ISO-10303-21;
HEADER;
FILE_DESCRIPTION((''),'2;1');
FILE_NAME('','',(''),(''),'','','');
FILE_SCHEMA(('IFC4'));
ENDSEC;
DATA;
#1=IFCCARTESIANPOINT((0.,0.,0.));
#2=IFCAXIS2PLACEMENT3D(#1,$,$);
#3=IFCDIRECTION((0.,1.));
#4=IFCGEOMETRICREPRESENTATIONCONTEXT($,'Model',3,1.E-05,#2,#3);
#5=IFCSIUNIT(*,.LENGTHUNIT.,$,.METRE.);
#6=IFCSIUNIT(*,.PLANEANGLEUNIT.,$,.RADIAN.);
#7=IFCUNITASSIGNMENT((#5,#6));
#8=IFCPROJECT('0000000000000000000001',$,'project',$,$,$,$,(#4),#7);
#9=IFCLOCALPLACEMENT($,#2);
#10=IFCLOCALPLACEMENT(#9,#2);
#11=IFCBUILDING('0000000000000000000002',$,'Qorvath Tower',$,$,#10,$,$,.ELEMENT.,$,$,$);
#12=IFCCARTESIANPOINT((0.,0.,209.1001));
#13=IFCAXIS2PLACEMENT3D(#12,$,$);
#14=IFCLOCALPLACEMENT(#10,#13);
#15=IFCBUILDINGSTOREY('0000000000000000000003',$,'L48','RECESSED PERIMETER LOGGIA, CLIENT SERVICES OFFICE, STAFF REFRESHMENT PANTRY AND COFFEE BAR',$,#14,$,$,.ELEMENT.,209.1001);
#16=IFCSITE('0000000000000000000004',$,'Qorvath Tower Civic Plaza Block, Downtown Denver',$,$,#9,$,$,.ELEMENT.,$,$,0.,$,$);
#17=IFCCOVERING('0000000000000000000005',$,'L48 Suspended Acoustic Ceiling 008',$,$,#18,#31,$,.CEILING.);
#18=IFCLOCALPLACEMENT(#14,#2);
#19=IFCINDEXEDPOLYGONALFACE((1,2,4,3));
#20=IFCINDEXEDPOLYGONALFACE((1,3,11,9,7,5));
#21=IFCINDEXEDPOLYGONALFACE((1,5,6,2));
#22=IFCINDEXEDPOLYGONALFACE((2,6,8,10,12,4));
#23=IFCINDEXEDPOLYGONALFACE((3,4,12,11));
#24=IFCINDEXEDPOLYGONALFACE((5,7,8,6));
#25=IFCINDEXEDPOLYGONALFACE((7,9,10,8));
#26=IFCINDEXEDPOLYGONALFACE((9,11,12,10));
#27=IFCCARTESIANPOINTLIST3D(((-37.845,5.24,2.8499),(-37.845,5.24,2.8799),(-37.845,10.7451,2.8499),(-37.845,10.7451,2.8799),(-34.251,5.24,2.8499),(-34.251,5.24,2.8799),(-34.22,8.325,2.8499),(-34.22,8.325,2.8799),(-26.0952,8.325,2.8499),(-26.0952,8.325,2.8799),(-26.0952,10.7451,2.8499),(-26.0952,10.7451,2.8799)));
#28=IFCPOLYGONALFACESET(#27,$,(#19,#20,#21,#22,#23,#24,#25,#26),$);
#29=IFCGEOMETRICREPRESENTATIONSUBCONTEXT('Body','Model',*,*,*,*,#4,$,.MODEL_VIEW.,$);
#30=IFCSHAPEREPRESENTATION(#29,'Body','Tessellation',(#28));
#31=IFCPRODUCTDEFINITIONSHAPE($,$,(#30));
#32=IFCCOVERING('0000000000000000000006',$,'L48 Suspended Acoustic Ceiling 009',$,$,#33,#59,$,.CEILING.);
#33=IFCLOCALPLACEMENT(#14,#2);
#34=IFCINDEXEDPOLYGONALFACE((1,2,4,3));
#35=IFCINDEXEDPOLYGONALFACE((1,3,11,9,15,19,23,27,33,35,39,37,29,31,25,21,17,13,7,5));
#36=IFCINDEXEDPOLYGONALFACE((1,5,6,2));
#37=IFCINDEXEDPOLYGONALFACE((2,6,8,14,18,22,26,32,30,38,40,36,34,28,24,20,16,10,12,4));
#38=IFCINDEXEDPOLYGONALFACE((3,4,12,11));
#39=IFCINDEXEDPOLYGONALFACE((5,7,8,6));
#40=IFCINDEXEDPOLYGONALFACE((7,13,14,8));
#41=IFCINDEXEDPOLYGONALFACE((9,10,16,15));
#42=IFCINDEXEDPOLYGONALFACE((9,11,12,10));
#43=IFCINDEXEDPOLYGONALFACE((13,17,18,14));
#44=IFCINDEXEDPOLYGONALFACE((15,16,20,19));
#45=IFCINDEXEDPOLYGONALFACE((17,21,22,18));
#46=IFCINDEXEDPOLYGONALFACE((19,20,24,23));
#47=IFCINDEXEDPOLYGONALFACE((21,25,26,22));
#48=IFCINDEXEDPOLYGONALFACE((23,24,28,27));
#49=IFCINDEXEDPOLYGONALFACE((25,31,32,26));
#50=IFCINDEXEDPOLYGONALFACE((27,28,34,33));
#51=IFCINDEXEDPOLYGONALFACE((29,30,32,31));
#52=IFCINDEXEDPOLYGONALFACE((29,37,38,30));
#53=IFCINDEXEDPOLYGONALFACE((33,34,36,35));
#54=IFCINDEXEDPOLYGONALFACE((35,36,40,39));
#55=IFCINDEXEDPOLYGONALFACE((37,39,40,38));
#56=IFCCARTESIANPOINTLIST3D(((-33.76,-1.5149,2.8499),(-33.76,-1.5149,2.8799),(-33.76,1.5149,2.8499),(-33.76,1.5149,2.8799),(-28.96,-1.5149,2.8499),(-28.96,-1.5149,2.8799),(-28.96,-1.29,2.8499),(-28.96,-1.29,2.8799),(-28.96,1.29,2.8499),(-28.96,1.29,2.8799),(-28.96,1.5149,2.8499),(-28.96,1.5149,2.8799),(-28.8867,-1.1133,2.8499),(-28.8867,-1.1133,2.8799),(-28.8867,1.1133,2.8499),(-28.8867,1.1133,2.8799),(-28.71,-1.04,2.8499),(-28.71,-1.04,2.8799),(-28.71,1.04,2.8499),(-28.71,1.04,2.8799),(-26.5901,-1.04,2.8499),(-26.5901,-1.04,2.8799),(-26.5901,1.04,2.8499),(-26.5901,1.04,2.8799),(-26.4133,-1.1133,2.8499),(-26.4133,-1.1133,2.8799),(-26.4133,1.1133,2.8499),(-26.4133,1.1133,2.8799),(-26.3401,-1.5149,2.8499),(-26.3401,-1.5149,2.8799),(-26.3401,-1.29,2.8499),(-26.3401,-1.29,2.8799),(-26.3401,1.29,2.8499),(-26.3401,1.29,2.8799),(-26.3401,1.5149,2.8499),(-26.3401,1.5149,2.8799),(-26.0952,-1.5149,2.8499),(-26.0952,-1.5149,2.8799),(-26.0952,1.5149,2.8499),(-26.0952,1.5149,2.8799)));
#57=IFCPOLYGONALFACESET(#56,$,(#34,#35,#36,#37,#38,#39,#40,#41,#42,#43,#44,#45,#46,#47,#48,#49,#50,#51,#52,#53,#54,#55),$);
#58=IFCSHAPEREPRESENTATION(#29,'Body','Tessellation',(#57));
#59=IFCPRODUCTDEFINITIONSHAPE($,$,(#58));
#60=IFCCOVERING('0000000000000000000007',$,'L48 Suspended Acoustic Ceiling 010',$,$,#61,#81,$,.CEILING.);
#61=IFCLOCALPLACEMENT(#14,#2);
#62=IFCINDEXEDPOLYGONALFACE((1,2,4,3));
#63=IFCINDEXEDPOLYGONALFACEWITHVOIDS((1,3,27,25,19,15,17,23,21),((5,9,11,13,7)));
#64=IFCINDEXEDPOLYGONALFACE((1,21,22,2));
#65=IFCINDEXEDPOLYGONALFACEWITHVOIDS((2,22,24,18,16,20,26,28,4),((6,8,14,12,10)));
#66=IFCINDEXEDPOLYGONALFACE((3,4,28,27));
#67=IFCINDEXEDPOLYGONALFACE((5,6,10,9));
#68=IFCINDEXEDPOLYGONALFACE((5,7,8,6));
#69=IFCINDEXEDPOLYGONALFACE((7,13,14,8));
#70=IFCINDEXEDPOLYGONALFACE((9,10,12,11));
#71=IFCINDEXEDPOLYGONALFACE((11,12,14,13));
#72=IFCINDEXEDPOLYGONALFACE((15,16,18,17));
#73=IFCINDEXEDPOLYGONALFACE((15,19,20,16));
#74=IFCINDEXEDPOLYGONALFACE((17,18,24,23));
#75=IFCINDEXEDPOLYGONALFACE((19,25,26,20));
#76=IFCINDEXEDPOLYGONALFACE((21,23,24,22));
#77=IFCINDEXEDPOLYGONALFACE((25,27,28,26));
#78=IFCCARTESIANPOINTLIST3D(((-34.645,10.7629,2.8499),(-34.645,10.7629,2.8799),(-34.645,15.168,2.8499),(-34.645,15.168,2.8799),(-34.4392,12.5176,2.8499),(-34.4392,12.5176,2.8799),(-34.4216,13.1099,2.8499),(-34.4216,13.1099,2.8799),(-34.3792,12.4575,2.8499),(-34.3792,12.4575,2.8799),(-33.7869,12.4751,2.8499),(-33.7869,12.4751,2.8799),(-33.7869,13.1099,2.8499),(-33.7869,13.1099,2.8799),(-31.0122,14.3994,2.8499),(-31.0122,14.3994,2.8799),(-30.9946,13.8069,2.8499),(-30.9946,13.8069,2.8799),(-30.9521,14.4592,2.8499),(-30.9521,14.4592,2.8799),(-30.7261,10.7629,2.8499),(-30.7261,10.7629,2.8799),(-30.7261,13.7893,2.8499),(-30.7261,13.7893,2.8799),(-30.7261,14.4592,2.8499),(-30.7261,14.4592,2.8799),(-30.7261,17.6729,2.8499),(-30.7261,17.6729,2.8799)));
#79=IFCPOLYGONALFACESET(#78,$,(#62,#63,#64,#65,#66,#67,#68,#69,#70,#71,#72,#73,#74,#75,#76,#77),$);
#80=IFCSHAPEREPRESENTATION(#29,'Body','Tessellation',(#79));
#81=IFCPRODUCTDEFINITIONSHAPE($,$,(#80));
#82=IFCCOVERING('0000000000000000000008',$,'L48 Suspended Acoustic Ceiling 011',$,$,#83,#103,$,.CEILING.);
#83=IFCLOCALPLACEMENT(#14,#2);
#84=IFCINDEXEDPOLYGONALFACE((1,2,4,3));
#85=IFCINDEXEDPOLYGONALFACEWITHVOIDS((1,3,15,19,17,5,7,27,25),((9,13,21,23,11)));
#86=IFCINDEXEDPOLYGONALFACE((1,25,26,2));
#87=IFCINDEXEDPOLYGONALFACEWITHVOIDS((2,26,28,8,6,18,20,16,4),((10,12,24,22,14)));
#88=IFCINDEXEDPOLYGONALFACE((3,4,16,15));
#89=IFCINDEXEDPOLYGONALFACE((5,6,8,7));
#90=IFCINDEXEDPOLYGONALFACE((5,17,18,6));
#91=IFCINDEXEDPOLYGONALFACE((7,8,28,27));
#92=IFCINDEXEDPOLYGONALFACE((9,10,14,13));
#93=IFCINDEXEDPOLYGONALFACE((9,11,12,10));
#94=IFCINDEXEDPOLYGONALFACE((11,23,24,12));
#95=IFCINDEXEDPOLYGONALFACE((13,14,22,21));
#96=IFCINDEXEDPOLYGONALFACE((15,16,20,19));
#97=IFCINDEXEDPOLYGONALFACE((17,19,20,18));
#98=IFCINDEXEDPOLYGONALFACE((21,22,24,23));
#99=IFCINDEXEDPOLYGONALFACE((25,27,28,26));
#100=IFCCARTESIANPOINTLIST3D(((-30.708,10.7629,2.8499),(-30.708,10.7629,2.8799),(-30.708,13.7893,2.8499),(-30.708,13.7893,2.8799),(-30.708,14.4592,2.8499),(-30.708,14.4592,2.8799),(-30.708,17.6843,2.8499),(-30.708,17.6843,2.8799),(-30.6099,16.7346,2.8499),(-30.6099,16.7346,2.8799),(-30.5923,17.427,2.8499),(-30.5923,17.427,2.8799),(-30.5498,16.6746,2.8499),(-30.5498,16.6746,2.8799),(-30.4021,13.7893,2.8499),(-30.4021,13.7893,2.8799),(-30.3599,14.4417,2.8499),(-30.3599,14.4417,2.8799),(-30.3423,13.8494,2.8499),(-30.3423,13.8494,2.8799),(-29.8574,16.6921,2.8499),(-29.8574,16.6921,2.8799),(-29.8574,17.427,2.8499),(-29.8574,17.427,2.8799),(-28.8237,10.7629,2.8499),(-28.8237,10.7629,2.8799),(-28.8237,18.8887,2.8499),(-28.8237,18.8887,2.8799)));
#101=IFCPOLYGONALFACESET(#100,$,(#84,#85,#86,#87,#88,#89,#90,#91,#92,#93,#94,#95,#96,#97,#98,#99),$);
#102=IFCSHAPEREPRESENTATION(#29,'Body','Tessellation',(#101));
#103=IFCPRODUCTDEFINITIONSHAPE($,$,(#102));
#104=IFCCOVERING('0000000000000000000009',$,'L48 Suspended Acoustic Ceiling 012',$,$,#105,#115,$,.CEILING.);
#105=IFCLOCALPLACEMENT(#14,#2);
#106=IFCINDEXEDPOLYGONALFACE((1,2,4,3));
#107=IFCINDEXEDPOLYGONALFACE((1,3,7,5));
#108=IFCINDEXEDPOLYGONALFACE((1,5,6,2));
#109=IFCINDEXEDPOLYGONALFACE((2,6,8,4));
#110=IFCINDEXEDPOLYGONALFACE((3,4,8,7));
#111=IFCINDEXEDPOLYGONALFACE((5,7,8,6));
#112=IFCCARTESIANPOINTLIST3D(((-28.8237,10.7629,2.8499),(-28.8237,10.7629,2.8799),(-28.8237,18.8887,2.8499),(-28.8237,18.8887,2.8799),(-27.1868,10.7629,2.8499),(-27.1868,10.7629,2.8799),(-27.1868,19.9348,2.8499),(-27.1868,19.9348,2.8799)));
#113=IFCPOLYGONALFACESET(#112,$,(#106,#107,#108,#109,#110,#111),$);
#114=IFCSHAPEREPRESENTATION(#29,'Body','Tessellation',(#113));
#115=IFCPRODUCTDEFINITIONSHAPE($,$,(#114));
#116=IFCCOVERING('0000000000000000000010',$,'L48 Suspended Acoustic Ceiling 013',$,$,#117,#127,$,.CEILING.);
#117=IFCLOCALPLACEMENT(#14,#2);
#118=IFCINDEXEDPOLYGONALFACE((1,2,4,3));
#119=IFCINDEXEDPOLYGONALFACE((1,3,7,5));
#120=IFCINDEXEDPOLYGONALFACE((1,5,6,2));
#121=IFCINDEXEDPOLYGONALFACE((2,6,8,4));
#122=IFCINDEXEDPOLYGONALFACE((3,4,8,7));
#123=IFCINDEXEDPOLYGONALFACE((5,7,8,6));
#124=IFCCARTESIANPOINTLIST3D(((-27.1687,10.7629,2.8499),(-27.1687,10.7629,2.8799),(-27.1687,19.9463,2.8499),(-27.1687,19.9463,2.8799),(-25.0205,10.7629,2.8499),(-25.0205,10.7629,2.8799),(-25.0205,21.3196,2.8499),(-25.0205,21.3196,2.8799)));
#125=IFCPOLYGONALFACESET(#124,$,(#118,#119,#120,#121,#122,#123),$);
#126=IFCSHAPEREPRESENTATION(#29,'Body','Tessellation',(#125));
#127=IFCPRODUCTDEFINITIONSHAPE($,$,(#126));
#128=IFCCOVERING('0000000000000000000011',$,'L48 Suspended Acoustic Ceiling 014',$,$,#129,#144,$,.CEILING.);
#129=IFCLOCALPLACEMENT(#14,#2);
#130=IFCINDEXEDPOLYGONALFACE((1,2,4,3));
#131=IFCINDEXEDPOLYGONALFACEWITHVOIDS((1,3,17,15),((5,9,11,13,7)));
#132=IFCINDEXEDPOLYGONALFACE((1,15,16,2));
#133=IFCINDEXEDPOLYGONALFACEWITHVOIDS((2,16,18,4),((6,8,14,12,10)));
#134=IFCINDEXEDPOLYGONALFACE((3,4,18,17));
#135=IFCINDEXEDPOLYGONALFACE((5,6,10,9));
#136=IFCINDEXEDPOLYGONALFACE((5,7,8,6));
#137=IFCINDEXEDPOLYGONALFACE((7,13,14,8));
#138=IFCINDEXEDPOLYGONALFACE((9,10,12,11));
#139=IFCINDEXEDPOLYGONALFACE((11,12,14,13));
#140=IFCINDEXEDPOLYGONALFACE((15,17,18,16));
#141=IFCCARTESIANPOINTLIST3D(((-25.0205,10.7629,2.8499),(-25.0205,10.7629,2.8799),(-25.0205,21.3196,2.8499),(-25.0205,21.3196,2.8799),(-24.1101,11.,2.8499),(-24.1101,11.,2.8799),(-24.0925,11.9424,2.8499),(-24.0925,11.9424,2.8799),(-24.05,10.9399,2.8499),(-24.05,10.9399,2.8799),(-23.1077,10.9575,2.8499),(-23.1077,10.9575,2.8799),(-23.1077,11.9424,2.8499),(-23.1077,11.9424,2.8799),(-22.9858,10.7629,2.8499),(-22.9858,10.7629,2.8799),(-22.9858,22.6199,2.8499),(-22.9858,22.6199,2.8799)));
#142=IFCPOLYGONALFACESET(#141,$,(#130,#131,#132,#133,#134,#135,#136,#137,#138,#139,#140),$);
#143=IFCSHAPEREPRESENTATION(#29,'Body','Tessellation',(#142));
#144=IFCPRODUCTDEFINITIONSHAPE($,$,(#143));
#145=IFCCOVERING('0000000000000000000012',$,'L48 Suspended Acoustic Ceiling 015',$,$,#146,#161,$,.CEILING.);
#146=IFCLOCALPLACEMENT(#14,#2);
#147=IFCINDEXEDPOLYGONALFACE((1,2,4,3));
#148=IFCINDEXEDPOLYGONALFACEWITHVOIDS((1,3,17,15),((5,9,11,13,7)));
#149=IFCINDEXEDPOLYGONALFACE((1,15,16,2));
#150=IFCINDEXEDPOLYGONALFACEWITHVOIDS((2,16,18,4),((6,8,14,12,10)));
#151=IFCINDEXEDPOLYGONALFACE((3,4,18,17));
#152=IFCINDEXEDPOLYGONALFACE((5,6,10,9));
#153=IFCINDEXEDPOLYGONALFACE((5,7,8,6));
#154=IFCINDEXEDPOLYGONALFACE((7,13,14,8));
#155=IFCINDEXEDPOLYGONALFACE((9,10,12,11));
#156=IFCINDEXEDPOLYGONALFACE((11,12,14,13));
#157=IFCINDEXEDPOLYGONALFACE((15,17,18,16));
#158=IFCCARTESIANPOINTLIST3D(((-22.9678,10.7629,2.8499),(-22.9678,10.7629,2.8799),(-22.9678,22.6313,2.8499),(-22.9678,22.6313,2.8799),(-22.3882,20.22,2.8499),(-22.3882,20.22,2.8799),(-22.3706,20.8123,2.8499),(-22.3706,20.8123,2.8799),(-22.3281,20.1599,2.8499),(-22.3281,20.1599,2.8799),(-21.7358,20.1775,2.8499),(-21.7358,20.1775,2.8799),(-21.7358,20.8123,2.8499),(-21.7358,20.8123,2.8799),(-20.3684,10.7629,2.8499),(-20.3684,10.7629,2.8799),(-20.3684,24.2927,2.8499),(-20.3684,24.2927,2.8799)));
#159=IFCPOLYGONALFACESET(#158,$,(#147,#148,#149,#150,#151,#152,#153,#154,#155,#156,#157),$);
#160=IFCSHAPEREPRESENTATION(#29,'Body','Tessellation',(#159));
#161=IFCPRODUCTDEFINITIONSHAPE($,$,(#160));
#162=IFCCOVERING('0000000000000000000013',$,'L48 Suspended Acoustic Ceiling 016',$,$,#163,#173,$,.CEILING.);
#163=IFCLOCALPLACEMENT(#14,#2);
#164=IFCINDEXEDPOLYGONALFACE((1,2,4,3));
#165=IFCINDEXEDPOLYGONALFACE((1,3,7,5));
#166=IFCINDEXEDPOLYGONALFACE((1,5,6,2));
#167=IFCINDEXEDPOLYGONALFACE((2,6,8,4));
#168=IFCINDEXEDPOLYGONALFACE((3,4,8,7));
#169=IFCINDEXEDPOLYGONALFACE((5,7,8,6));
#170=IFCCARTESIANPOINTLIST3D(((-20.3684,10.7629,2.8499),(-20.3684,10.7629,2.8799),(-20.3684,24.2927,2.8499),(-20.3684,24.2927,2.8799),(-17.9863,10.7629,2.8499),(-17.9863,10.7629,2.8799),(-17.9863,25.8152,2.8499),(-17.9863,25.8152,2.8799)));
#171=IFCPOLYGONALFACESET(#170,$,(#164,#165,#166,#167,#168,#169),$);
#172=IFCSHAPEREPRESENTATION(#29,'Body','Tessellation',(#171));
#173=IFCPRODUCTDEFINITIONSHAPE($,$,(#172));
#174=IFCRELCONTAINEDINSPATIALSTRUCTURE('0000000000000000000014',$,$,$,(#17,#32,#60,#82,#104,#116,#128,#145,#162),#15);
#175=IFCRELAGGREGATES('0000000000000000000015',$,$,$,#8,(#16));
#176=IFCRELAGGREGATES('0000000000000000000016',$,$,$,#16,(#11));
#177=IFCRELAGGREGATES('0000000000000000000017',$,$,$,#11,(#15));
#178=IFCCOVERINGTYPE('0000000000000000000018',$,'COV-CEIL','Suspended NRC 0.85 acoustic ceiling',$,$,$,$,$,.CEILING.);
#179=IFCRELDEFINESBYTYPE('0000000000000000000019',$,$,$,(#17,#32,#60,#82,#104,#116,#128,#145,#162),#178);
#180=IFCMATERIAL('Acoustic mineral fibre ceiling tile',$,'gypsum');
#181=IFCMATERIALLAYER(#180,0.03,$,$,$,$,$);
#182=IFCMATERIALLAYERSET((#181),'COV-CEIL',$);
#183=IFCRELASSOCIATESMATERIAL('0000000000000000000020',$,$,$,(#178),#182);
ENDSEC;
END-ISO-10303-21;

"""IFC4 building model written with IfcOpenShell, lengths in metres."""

from ifc_helpers import new_model, si_unit, direction, frame, origin, place, context, subcontext, project, spatial, polyline, outline, extrude, material, layer, layer_set, type_object, element, save


model = new_model("IFC4")

# Units and contexts
model_context = context("Model", 3, precision=1e-05, world=origin(), true_north=direction((0.0, 1.0)))
body_context = subcontext(model_context, "Body", "Model", "MODEL_VIEW")
ifc_project = project(units=[si_unit("LENGTHUNIT", "METRE"), si_unit("PLANEANGLEUNIT", "RADIAN")], contexts=[model_context])

# Site, building, storey
site_placement = place(None, origin())
site = spatial("IfcSite", under=ifc_project, at=site_placement, Name="Qorvath Tower Civic Plaza Block, Downtown Denver", CompositionType="ELEMENT", RefElevation=0.0)
building_placement = place(site_placement, origin())
building = spatial("IfcBuilding", under=site, at=building_placement, Name="Qorvath Tower", CompositionType="ELEMENT")
storey_placement = place(building_placement, frame((0.0, 0.0, 209.1001)))
storey = spatial("IfcBuildingStorey", under=building, at=storey_placement, Name="L48", Description="RECESSED PERIMETER LOGGIA, CLIENT SERVICES OFFICE, STAFF REFRESHMENT PANTRY AND COFFEE BAR", CompositionType="ELEMENT", Elevation=209.1001)

# Coverings
ifc_material_1 = material(Name="Acoustic mineral fibre ceiling tile", Category="gypsum")
ifc_layer_1 = layer(ifc_material_1, 0.03)
ifc_layer_set_1 = layer_set([ifc_layer_1], Name="COV-CEIL")
covering_type_1 = type_object("IfcCoveringType", Name="COV-CEIL", Description="Suspended NRC 0.85 acoustic ceiling", PredefinedType="CEILING", material=ifc_layer_set_1)
covering_1_placement = place(storey_placement, frame((0.0, 0.0, 2.8499)))
element("IfcCovering", 1, at=covering_1_placement, inside=storey, type_object=covering_type_1, Name="L48 Suspended Acoustic Ceiling 008", PredefinedType="CEILING", context=body_context, shape_type="SweptSolid", body=[
    extrude(outline(polyline([(-26.0952, 8.325), (-26.0952, 10.7451), (-37.845, 10.7451), (-37.845, 5.24), (-34.251, 5.24), (-34.22, 8.325), (-26.0952, 8.325)])), origin(), (0.0, 0.0, 1.0), 0.03),
])
covering_2_placement = place(storey_placement, frame((0.0, 0.0, 2.8499)))
element("IfcCovering", 2, at=covering_2_placement, inside=storey, type_object=covering_type_1, Name="L48 Suspended Acoustic Ceiling 009", PredefinedType="CEILING", context=body_context, shape_type="SweptSolid", body=[
    extrude(outline(polyline([(-26.0952, -1.5149), (-26.0952, 1.5149), (-26.3401, 1.5149), (-26.3401, 1.29), (-26.4133, 1.1133), (-26.5901, 1.04), (-28.71, 1.04), (-28.8867, 1.1133), (-28.96, 1.29), (-28.96, 1.5149), (-33.76, 1.5149), (-33.76, -1.5149), (-28.96, -1.5149), (-28.96, -1.29), (-28.8867, -1.1133), (-28.71, -1.04), (-26.5901, -1.04), (-26.4133, -1.1133), (-26.3401, -1.29), (-26.3401, -1.5149), (-26.0952, -1.5149)])), origin(), (0.0, 0.0, 1.0), 0.03),
])
covering_3_placement = place(storey_placement, frame((0.0, 0.0, 2.8499)))
element("IfcCovering", 3, at=covering_3_placement, inside=storey, type_object=covering_type_1, Name="L48 Suspended Acoustic Ceiling 010", PredefinedType="CEILING", context=body_context, shape_type="SweptSolid", body=[
    extrude(outline(polyline([(-30.7261, 17.6729), (-34.645, 15.168), (-34.645, 10.7629), (-30.7261, 10.7629), (-30.7261, 13.7893), (-30.9946, 13.8069), (-31.0122, 14.3994), (-30.9521, 14.4592), (-30.7261, 14.4592), (-30.7261, 17.6729)]), holes=[polyline([(-34.4216, 13.1099), (-33.7869, 13.1099), (-33.7869, 12.4751), (-34.3792, 12.4575), (-34.4392, 12.5176), (-34.4216, 13.1099)])]), origin(), (0.0, 0.0, 1.0), 0.03),
])
covering_4_placement = place(storey_placement, frame((0.0, 0.0, 2.8499)))
element("IfcCovering", 4, at=covering_4_placement, inside=storey, type_object=covering_type_1, Name="L48 Suspended Acoustic Ceiling 011", PredefinedType="CEILING", context=body_context, shape_type="SweptSolid", body=[
    extrude(outline(polyline([(-28.8237, 10.7629), (-28.8237, 18.8887), (-30.708, 17.6843), (-30.708, 14.4592), (-30.3599, 14.4417), (-30.3423, 13.8494), (-30.4021, 13.7893), (-30.708, 13.7893), (-30.708, 10.7629), (-28.8237, 10.7629)]), holes=[polyline([(-30.6099, 16.7346), (-30.5923, 17.427), (-29.8574, 17.427), (-29.8574, 16.6921), (-30.5498, 16.6746), (-30.6099, 16.7346)])]), origin(), (0.0, 0.0, 1.0), 0.03),
])
covering_5_placement = place(storey_placement, frame((0.0, 0.0, 2.8499)))
element("IfcCovering", 5, at=covering_5_placement, inside=storey, type_object=covering_type_1, Name="L48 Suspended Acoustic Ceiling 012", PredefinedType="CEILING", context=body_context, shape_type="SweptSolid", body=[
    extrude(outline(polyline([(-27.1868, 19.9348), (-28.8237, 18.8887), (-28.8237, 10.7629), (-27.1868, 10.7629), (-27.1868, 19.9348)])), origin(), (0.0, 0.0, 1.0), 0.03),
])
covering_6_placement = place(storey_placement, frame((0.0, 0.0, 2.8499)))
element("IfcCovering", 6, at=covering_6_placement, inside=storey, type_object=covering_type_1, Name="L48 Suspended Acoustic Ceiling 013", PredefinedType="CEILING", context=body_context, shape_type="SweptSolid", body=[
    extrude(outline(polyline([(-27.1687, 10.7629), (-25.0205, 10.7629), (-25.0205, 21.3196), (-27.1687, 19.9463), (-27.1687, 10.7629)])), origin(), (0.0, 0.0, 1.0), 0.03),
])
covering_7_placement = place(storey_placement, frame((0.0, 0.0, 2.8499)))
element("IfcCovering", 7, at=covering_7_placement, inside=storey, type_object=covering_type_1, Name="L48 Suspended Acoustic Ceiling 014", PredefinedType="CEILING", context=body_context, shape_type="SweptSolid", body=[
    extrude(outline(polyline([(-25.0205, 21.3196), (-25.0205, 10.7629), (-22.9858, 10.7629), (-22.9858, 22.6199), (-25.0205, 21.3196)]), holes=[polyline([(-24.1101, 11.0), (-24.0925, 11.9424), (-23.1077, 11.9424), (-23.1077, 10.9575), (-24.05, 10.9399), (-24.1101, 11.0)])]), origin(), (0.0, 0.0, 1.0), 0.03),
])
covering_8_placement = place(storey_placement, frame((0.0, 0.0, 2.8499)))
element("IfcCovering", 8, at=covering_8_placement, inside=storey, type_object=covering_type_1, Name="L48 Suspended Acoustic Ceiling 015", PredefinedType="CEILING", context=body_context, shape_type="SweptSolid", body=[
    extrude(outline(polyline([(-22.9678, 10.7629), (-20.3684, 10.7629), (-20.3684, 24.2927), (-22.9678, 22.6313), (-22.9678, 10.7629)]), holes=[polyline([(-22.3882, 20.22), (-22.3706, 20.8123), (-21.7358, 20.8123), (-21.7358, 20.1775), (-22.3281, 20.1599), (-22.3882, 20.22)])]), origin(), (0.0, 0.0, 1.0), 0.03),
])
covering_9_placement = place(storey_placement, frame((0.0, 0.0, 2.8499)))
element("IfcCovering", 9, at=covering_9_placement, inside=storey, type_object=covering_type_1, Name="L48 Suspended Acoustic Ceiling 016", PredefinedType="CEILING", context=body_context, shape_type="SweptSolid", body=[
    extrude(outline(polyline([(-20.3684, 24.2927), (-20.3684, 10.7629), (-17.9863, 10.7629), (-17.9863, 25.8152), (-20.3684, 24.2927)])), origin(), (0.0, 0.0, 1.0), 0.03),
])

save(model, "model.ifc")
